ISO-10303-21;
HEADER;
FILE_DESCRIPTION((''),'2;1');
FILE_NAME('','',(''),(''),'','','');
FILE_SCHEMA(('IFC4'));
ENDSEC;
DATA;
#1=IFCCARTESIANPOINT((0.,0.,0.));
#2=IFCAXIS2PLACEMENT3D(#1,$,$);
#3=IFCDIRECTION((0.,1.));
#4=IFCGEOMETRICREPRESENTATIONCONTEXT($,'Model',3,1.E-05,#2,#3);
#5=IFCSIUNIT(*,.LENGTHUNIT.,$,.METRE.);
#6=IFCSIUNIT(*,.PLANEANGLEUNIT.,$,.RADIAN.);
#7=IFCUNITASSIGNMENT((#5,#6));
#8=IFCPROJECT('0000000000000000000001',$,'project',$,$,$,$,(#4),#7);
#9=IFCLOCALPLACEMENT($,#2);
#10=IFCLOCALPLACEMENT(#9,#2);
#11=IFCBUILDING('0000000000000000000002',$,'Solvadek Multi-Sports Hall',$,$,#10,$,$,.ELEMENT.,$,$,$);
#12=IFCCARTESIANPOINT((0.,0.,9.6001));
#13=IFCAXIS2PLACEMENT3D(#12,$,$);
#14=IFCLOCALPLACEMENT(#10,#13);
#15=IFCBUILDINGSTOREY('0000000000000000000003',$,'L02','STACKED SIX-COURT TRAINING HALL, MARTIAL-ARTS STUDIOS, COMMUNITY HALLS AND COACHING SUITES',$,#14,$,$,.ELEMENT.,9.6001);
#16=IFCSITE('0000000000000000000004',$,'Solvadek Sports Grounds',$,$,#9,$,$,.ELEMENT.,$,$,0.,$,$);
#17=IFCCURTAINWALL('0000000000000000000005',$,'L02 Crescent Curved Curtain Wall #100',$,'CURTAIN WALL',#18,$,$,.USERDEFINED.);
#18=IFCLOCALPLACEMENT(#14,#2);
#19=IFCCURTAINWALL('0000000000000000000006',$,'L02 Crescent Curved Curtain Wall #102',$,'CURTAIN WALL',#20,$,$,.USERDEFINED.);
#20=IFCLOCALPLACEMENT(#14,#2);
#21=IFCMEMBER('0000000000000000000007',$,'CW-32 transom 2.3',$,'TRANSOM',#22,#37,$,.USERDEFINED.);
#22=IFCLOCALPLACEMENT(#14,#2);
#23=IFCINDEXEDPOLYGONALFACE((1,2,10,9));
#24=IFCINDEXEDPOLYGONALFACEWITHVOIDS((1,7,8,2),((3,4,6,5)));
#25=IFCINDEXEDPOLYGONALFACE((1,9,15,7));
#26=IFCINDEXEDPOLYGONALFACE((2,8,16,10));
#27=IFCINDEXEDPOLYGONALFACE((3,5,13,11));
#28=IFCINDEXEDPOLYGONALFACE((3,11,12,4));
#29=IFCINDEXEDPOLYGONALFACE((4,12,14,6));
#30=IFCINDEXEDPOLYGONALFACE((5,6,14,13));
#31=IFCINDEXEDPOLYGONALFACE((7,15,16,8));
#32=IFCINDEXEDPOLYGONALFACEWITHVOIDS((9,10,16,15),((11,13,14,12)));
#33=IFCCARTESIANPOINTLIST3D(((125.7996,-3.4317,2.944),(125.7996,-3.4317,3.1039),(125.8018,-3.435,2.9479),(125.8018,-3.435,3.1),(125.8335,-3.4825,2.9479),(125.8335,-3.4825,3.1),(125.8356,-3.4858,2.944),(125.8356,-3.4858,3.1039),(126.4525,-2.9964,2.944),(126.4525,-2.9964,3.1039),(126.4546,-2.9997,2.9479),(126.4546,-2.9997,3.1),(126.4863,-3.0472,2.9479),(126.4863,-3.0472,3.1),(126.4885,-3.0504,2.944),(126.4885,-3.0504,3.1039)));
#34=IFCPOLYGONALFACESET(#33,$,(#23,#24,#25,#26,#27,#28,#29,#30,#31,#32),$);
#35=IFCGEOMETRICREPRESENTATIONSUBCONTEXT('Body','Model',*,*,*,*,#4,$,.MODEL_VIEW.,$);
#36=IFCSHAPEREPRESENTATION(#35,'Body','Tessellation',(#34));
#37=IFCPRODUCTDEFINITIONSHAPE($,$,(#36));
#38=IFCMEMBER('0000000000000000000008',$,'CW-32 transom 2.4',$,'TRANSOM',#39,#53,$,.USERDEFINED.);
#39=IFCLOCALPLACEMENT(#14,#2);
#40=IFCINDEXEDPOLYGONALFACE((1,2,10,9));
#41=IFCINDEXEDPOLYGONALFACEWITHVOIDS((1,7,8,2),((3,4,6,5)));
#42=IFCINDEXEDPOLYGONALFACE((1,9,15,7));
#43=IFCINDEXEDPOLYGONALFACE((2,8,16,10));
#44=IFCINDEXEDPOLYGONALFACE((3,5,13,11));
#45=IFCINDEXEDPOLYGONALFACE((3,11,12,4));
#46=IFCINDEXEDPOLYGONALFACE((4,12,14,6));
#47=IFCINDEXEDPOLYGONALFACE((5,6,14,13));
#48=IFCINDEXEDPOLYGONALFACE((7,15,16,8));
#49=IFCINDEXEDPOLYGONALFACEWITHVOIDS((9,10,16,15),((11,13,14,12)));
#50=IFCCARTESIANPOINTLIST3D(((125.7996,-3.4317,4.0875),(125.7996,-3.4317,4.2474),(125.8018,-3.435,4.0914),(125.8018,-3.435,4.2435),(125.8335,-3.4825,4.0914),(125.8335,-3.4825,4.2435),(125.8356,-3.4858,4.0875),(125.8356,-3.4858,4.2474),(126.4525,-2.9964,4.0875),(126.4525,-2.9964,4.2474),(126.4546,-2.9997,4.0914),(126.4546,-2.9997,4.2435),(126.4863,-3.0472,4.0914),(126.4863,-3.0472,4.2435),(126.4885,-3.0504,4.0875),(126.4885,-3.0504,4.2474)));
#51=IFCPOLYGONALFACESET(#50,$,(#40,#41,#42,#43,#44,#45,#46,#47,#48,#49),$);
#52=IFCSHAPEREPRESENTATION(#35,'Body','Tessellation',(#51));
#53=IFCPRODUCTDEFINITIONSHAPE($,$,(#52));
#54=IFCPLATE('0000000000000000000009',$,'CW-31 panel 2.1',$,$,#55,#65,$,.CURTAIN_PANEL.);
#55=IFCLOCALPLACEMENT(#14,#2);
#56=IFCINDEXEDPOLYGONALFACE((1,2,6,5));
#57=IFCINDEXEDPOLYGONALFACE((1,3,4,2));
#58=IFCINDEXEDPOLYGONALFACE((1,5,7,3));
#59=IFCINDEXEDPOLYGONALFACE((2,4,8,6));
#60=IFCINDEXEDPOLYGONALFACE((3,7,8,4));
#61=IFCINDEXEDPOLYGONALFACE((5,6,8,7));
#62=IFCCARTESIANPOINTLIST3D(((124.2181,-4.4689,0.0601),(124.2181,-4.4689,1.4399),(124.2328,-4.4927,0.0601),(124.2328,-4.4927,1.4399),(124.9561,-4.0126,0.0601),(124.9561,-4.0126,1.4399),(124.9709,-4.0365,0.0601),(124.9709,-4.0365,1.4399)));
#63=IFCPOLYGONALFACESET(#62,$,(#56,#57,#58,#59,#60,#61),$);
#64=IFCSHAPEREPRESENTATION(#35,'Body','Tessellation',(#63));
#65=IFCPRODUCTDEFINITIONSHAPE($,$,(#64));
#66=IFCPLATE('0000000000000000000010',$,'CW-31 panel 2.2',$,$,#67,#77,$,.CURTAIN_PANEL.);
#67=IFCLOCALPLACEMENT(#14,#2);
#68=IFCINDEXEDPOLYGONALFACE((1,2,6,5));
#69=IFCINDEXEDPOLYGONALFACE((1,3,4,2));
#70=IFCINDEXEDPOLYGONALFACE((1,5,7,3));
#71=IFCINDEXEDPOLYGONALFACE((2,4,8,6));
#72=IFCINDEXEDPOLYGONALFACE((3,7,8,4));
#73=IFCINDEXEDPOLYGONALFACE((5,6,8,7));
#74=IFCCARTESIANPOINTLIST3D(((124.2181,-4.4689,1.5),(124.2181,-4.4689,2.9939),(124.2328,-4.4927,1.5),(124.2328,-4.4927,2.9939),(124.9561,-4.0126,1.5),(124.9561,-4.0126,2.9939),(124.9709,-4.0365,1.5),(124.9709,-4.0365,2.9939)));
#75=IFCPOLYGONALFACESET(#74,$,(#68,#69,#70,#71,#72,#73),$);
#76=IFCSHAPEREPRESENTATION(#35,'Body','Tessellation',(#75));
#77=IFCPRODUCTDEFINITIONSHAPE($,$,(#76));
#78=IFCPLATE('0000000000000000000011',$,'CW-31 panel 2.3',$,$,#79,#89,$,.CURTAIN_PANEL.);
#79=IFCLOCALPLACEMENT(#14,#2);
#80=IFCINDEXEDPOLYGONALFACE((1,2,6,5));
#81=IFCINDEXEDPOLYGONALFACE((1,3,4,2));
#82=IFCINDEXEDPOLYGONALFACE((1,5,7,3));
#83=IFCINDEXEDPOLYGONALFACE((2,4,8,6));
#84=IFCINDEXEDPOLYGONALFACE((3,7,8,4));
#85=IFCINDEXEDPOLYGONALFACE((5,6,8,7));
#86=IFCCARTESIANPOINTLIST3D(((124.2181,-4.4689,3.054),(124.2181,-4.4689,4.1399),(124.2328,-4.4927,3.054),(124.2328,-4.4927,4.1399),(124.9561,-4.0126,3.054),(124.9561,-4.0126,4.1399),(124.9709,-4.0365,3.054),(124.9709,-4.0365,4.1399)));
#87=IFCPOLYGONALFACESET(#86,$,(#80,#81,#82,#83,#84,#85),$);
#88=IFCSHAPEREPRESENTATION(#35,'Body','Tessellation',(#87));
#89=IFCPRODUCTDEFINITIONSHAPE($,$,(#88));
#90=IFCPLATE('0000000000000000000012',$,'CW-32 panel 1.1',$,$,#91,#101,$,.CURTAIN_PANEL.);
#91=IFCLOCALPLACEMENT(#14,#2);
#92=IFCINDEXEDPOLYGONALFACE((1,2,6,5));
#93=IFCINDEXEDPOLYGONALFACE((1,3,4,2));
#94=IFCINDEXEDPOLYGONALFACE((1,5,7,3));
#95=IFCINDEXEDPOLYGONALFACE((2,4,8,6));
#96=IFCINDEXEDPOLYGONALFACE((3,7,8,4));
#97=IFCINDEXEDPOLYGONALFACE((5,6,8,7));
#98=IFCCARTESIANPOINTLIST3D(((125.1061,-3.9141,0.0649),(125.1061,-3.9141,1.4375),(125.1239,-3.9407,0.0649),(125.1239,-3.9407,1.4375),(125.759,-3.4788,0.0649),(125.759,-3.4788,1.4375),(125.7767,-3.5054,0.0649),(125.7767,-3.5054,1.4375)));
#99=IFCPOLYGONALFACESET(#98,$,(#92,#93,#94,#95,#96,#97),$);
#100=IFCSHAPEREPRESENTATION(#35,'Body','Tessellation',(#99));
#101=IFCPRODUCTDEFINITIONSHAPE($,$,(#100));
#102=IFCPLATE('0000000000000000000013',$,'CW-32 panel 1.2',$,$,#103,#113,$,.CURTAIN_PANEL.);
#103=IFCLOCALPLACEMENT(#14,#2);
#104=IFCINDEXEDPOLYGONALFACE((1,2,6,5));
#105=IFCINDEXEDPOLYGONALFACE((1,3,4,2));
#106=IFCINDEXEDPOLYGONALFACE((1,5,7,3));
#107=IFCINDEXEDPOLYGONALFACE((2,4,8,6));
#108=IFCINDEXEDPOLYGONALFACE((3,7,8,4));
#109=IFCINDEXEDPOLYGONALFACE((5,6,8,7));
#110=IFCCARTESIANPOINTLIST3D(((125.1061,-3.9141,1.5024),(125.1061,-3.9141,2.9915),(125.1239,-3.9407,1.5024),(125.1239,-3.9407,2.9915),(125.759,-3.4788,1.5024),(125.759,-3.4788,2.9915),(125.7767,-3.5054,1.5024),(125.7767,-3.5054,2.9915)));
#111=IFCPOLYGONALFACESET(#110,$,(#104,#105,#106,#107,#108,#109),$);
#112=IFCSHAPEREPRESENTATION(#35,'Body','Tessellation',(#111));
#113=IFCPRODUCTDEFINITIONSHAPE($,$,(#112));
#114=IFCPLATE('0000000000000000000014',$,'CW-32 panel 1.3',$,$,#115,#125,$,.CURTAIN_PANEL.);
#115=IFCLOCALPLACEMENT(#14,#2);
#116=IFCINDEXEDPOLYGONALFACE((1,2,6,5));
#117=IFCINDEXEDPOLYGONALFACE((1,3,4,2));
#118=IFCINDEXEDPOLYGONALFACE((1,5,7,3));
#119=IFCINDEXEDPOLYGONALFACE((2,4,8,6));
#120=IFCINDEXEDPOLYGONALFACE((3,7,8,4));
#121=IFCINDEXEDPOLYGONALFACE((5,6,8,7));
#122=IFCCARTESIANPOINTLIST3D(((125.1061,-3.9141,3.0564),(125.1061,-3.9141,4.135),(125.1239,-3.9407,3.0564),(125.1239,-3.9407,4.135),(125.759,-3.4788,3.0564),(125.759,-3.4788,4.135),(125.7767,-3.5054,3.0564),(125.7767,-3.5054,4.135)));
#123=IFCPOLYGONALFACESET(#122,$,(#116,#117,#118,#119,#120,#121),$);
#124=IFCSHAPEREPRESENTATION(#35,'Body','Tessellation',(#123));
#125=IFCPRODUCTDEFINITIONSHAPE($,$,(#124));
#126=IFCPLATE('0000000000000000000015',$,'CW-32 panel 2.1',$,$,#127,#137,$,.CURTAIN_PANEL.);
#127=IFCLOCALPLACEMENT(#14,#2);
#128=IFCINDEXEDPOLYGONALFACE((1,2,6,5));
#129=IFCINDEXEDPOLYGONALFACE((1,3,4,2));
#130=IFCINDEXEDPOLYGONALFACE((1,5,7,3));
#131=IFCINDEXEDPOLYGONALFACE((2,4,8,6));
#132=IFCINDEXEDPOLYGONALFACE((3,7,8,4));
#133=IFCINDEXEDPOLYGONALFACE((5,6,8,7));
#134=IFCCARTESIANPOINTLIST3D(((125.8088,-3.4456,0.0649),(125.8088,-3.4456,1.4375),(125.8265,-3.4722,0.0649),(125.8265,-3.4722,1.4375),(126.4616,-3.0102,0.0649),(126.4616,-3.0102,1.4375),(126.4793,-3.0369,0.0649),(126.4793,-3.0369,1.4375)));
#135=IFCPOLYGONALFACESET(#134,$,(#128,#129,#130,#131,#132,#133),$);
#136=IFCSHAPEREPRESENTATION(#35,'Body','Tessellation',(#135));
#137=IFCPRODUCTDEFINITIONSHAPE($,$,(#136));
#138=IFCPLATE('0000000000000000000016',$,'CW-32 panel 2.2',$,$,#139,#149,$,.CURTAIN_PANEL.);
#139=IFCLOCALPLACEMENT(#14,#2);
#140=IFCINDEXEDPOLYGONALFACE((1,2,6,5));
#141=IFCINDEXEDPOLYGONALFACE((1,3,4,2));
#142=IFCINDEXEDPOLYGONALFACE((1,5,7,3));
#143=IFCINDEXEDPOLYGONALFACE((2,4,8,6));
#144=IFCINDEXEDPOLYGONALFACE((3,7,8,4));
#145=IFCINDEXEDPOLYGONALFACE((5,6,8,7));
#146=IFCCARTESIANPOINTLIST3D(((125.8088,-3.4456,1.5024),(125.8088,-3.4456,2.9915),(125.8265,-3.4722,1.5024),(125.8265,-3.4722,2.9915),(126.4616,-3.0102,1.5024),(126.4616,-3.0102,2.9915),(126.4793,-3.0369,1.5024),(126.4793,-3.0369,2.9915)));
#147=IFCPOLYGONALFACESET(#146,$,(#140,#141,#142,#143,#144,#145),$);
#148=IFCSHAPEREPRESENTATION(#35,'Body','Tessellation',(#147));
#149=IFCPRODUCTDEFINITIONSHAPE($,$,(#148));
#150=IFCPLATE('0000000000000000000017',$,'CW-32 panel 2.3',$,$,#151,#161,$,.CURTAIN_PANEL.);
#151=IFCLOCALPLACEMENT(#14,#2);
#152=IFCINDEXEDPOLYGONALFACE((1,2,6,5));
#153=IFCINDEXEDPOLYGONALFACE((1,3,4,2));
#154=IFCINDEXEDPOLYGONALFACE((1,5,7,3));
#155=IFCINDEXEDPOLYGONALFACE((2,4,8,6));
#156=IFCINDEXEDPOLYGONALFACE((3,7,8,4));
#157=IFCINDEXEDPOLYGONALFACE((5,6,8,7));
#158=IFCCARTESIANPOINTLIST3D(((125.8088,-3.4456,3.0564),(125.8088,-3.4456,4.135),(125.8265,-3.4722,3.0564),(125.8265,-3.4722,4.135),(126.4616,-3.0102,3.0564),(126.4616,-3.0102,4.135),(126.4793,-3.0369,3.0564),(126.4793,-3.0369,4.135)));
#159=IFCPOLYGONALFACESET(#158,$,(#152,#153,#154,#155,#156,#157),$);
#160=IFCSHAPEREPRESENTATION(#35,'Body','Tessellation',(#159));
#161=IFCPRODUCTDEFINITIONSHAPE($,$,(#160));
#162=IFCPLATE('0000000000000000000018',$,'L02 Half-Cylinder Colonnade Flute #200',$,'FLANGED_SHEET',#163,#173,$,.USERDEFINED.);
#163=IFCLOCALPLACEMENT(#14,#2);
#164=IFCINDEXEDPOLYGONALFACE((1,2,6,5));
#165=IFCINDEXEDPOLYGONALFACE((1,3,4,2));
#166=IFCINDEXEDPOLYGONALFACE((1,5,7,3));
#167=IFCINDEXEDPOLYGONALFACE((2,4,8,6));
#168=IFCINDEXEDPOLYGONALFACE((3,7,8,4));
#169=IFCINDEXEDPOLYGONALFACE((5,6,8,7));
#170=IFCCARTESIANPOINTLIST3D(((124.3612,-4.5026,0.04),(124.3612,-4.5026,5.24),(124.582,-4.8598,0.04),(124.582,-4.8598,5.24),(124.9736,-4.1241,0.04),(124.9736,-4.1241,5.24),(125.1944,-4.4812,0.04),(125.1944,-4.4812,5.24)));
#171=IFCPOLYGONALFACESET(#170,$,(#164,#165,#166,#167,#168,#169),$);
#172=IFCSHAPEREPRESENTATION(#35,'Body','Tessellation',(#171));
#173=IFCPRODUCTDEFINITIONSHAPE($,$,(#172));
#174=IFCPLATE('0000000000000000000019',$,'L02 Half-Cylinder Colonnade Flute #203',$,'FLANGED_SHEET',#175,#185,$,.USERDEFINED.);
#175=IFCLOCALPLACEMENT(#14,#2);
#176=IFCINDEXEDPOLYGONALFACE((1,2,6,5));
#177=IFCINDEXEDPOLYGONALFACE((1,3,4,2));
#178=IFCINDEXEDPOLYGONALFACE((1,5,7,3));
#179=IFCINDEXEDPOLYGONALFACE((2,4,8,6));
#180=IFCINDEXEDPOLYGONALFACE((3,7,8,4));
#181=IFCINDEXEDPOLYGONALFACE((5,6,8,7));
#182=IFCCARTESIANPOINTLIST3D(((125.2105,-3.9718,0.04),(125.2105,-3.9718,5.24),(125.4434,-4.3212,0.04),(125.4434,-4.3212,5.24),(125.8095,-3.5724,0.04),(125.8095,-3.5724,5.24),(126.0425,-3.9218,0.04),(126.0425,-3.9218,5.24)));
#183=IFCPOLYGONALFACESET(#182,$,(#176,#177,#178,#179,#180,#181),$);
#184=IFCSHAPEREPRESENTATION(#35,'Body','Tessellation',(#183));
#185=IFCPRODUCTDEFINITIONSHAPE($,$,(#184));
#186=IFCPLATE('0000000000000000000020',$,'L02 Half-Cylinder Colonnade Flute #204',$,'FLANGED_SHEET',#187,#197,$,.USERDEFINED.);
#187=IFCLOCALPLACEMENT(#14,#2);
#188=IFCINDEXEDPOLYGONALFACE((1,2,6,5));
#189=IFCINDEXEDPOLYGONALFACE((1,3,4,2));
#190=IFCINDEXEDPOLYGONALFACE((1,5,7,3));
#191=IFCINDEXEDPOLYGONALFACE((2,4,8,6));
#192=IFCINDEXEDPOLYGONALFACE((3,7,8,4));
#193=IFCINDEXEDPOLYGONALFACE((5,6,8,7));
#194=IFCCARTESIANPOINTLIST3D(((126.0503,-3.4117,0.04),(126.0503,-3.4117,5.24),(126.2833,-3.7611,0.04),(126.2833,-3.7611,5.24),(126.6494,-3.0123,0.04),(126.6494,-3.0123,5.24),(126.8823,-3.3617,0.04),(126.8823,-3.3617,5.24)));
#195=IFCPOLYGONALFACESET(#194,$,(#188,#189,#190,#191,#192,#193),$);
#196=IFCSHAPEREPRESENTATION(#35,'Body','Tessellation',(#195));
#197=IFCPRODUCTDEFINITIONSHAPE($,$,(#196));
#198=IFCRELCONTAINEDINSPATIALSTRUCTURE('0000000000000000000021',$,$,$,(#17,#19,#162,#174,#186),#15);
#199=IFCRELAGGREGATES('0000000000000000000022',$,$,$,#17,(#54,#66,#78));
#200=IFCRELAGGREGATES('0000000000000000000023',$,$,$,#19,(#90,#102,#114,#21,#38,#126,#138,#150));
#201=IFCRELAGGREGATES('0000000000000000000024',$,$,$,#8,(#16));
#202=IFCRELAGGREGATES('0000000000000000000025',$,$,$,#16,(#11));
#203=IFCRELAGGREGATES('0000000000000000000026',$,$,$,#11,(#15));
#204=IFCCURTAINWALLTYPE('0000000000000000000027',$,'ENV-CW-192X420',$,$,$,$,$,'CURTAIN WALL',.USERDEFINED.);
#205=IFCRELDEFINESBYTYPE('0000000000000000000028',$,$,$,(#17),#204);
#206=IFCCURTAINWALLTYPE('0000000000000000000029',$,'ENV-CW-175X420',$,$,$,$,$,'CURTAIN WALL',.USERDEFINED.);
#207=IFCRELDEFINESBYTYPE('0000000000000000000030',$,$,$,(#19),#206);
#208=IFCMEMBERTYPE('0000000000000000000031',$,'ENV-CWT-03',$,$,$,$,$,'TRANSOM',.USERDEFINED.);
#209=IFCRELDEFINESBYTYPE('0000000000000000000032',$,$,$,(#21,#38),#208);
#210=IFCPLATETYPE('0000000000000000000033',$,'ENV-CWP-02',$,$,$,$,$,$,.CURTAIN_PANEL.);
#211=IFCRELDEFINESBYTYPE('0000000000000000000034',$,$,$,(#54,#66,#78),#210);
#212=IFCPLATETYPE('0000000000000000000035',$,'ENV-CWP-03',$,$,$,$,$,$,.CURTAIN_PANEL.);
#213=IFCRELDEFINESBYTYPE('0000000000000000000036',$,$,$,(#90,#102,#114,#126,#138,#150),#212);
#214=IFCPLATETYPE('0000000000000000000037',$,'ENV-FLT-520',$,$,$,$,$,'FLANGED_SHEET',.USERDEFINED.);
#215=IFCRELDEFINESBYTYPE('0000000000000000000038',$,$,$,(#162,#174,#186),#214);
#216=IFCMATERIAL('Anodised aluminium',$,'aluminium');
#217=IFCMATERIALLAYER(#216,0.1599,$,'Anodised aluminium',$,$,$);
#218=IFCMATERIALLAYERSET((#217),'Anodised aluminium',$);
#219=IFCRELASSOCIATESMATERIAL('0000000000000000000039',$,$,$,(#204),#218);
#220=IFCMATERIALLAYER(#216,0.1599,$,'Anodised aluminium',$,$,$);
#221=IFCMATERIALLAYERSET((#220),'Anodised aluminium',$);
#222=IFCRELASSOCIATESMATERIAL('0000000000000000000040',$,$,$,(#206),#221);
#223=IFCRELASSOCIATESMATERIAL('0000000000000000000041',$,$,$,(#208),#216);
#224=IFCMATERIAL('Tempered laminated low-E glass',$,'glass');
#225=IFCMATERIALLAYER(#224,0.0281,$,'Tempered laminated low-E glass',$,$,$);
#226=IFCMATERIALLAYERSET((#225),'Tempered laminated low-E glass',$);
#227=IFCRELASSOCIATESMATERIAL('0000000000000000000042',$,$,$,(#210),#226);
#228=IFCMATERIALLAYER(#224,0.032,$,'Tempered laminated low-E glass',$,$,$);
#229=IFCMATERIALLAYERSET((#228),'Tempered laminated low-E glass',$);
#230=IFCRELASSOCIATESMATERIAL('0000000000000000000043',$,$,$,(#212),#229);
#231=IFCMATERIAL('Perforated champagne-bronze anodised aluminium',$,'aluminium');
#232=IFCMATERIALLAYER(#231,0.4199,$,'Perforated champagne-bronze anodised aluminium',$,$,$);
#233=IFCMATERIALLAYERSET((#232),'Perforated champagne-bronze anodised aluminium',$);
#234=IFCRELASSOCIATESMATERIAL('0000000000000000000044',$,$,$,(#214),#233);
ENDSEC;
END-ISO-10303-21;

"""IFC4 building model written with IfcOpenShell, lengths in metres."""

from ifc_helpers import new_model, si_unit, direction, frame, origin, origin_2d, place, context, subcontext, project, spatial, rectangle, hollow_rectangle, extrude, material, layer, layer_set, material_profile, profile_set, type_object, element, aggregate, save


model = new_model("IFC4")

# Units and contexts
model_context = context("Model", 3, precision=1e-05, world=origin(), true_north=direction((0.0, 1.0)))
body_context = subcontext(model_context, "Body", "Model", "MODEL_VIEW")
ifc_project = project(units=[si_unit("LENGTHUNIT", "METRE"), si_unit("PLANEANGLEUNIT", "RADIAN")], contexts=[model_context])

# Site, building, storey
site_placement = place(None, origin())
site = spatial("IfcSite", under=ifc_project, at=site_placement, Name="Solvadek Sports Grounds", CompositionType="ELEMENT", RefElevation=0.0)
building_placement = place(site_placement, origin())
building = spatial("IfcBuilding", under=site, at=building_placement, Name="Solvadek Multi-Sports Hall", CompositionType="ELEMENT")
storey_placement = place(building_placement, frame((0.0, 0.0, 9.6001)))
storey = spatial("IfcBuildingStorey", under=building, at=storey_placement, Name="L02", Description="STACKED SIX-COURT TRAINING HALL, MARTIAL-ARTS STUDIOS, COMMUNITY HALLS AND COACHING SUITES", CompositionType="ELEMENT", Elevation=9.6001)

# Curtain wall
ifc_material_1 = material(Name="Anodised aluminium", Category="aluminium")
ifc_layer_1 = layer(ifc_material_1, 0.1599, Name="Anodised aluminium")
ifc_layer_set_1 = layer_set([ifc_layer_1], Name="Anodised aluminium")
curtain_wall_type_1 = type_object("IfcCurtainWallType", Name="ENV-CW-192X420", ElementType="CURTAIN WALL", PredefinedType="USERDEFINED", material=ifc_layer_set_1)
curtain_wall_1_placement = place(storey_placement, origin())
curtain_wall_1 = element("IfcCurtainWall", 1, at=curtain_wall_1_placement, inside=storey, type_object=curtain_wall_type_1, Name="L02 Crescent Curved Curtain Wall #100", ObjectType="CURTAIN WALL", PredefinedType="USERDEFINED")

# Curtain wall, members
ifc_layer_2 = layer(ifc_material_1, 0.1599, Name="Anodised aluminium")
ifc_layer_set_2 = layer_set([ifc_layer_2], Name="Anodised aluminium")
curtain_wall_type_2 = type_object("IfcCurtainWallType", Name="ENV-CW-175X420", ElementType="CURTAIN WALL", PredefinedType="USERDEFINED", material=ifc_layer_set_2)
curtain_wall_2_placement = place(storey_placement, origin())
curtain_wall_2 = element("IfcCurtainWall", 2, at=curtain_wall_2_placement, inside=storey, type_object=curtain_wall_type_2, Name="L02 Crescent Curved Curtain Wall #102", ObjectType="CURTAIN WALL", PredefinedType="USERDEFINED")
ifc_material_profile_1 = material_profile(ifc_material_1, hollow_rectangle(XDim=0.0649, YDim=0.1599, WallThickness=0.0039, at=origin_2d()), Name="ALU-T 160x65x4")
ifc_profile_set_1 = profile_set([ifc_material_profile_1], Name="Anodised aluminium")
member_type_1 = type_object("IfcMemberType", Name="ENV-CWT-03", ElementType="TRANSOM", PredefinedType="USERDEFINED", material=ifc_profile_set_1)
member_1_placement = place(storey_placement, frame((125.8176, -3.4587, 3.0239), z_axis=(0.832002, 0.554772, 0.0), x_axis=(-0.554772, 0.832002, 0.0)))
member_1 = element("IfcMember", 3, at=member_1_placement, type_object=member_type_1, Name="CW-32 transom 2.3", ObjectType="TRANSOM", PredefinedType="USERDEFINED", context=body_context, shape_type="SweptSolid", body=[
    extrude(hollow_rectangle(XDim=0.0649, YDim=0.1599, WallThickness=0.0039, at=origin_2d()), origin(), (0.0, 0.0, 1.0), 0.7847),
])
member_2_placement = place(storey_placement, frame((125.8176, -3.4587, 4.1675), z_axis=(0.832002, 0.554772, 0.0), x_axis=(-0.554772, 0.832002, 0.0)))
member_2 = element("IfcMember", 4, at=member_2_placement, type_object=member_type_1, Name="CW-32 transom 2.4", ObjectType="TRANSOM", PredefinedType="USERDEFINED", context=body_context, shape_type="SweptSolid", body=[
    extrude(hollow_rectangle(XDim=0.0649, YDim=0.1599, WallThickness=0.0039, at=origin_2d()), origin(), (0.0, 0.0, 1.0), 0.7847),
])

# Plates
ifc_material_2 = material(Name="Tempered laminated low-E glass", Category="glass")
ifc_layer_3 = layer(ifc_material_2, 0.0281, Name="Tempered laminated low-E glass")
ifc_layer_set_3 = layer_set([ifc_layer_3], Name="Tempered laminated low-E glass")
plate_type_1 = type_object("IfcPlateType", Name="ENV-CWP-02", PredefinedType="CURTAIN_PANEL", material=ifc_layer_set_3)
plate_1_placement = place(storey_placement, frame((124.5945, -4.2527, 0.0601), z_axis=(0.0, 0.0, 1.0), x_axis=(0.850599, 0.525815, 0.0)))
plate_1 = element("IfcPlate", 5, at=plate_1_placement, type_object=plate_type_1, Name="CW-31 panel 2.1", PredefinedType="CURTAIN_PANEL", context=body_context, shape_type="SweptSolid", body=[
    extrude(rectangle(XDim=0.8677, YDim=0.0281, at=origin_2d()), origin(), (0.0, 0.0, 1.0), 1.3799),
])
plate_2_placement = place(storey_placement, frame((124.5945, -4.2527, 1.5), z_axis=(0.0, 0.0, 1.0), x_axis=(0.850599, 0.525815, 0.0)))
plate_2 = element("IfcPlate", 6, at=plate_2_placement, type_object=plate_type_1, Name="CW-31 panel 2.2", PredefinedType="CURTAIN_PANEL", context=body_context, shape_type="SweptSolid", body=[
    extrude(rectangle(XDim=0.8677, YDim=0.0281, at=origin_2d()), origin(), (0.0, 0.0, 1.0), 1.4939),
])
plate_3_placement = place(storey_placement, frame((124.5945, -4.2527, 3.054), z_axis=(0.0, 0.0, 1.0), x_axis=(0.850599, 0.525815, 0.0)))
plate_3 = element("IfcPlate", 7, at=plate_3_placement, type_object=plate_type_1, Name="CW-31 panel 2.3", PredefinedType="CURTAIN_PANEL", context=body_context, shape_type="SweptSolid", body=[
    extrude(rectangle(XDim=0.8677, YDim=0.0281, at=origin_2d()), origin(), (0.0, 0.0, 1.0), 1.0859),
])
aggregate(curtain_wall_1, [plate_1, plate_2, plate_3])
ifc_layer_4 = layer(ifc_material_2, 0.032, Name="Tempered laminated low-E glass")
ifc_layer_set_4 = layer_set([ifc_layer_4], Name="Tempered laminated low-E glass")
plate_type_2 = type_object("IfcPlateType", Name="ENV-CWP-03", PredefinedType="CURTAIN_PANEL", material=ifc_layer_set_4)
plate_4_placement = place(storey_placement, frame((125.4414, -3.7097, 0.0649), z_axis=(0.0, 0.0, 1.0), x_axis=(0.831998, 0.554779, 0.0)))
plate_4 = element("IfcPlate", 8, at=plate_4_placement, type_object=plate_type_2, Name="CW-32 panel 1.1", PredefinedType="CURTAIN_PANEL", context=body_context, shape_type="SweptSolid", body=[
    extrude(rectangle(XDim=0.7847, YDim=0.032, at=origin_2d()), origin(), (0.0, 0.0, 1.0), 1.3726),
])
plate_5_placement = place(storey_placement, frame((125.4414, -3.7097, 1.5024), z_axis=(0.0, 0.0, 1.0), x_axis=(0.831998, 0.554779, 0.0)))
plate_5 = element("IfcPlate", 9, at=plate_5_placement, type_object=plate_type_2, Name="CW-32 panel 1.2", PredefinedType="CURTAIN_PANEL", context=body_context, shape_type="SweptSolid", body=[
    extrude(rectangle(XDim=0.7847, YDim=0.032, at=origin_2d()), origin(), (0.0, 0.0, 1.0), 1.489),
])
plate_6_placement = place(storey_placement, frame((125.4414, -3.7097, 3.0564), z_axis=(0.0, 0.0, 1.0), x_axis=(0.831998, 0.554779, 0.0)))
plate_6 = element("IfcPlate", 10, at=plate_6_placement, type_object=plate_type_2, Name="CW-32 panel 1.3", PredefinedType="CURTAIN_PANEL", context=body_context, shape_type="SweptSolid", body=[
    extrude(rectangle(XDim=0.7847, YDim=0.032, at=origin_2d()), origin(), (0.0, 0.0, 1.0), 1.0786),
])
plate_7_placement = place(storey_placement, frame((126.144, -3.2412, 0.0649), z_axis=(0.0, 0.0, 1.0), x_axis=(0.831998, 0.554779, 0.0)))
plate_7 = element("IfcPlate", 11, at=plate_7_placement, type_object=plate_type_2, Name="CW-32 panel 2.1", PredefinedType="CURTAIN_PANEL", context=body_context, shape_type="SweptSolid", body=[
    extrude(rectangle(XDim=0.7847, YDim=0.032, at=origin_2d()), origin(), (0.0, 0.0, 1.0), 1.3726),
])
plate_8_placement = place(storey_placement, frame((126.144, -3.2412, 1.5024), z_axis=(0.0, 0.0, 1.0), x_axis=(0.831998, 0.554779, 0.0)))
plate_8 = element("IfcPlate", 12, at=plate_8_placement, type_object=plate_type_2, Name="CW-32 panel 2.2", PredefinedType="CURTAIN_PANEL", context=body_context, shape_type="SweptSolid", body=[
    extrude(rectangle(XDim=0.7847, YDim=0.032, at=origin_2d()), origin(), (0.0, 0.0, 1.0), 1.489),
])
plate_9_placement = place(storey_placement, frame((126.144, -3.2412, 3.0564), z_axis=(0.0, 0.0, 1.0), x_axis=(0.831998, 0.554779, 0.0)))
plate_9 = element("IfcPlate", 13, at=plate_9_placement, type_object=plate_type_2, Name="CW-32 panel 2.3", PredefinedType="CURTAIN_PANEL", context=body_context, shape_type="SweptSolid", body=[
    extrude(rectangle(XDim=0.7847, YDim=0.032, at=origin_2d()), origin(), (0.0, 0.0, 1.0), 1.0786),
])
aggregate(curtain_wall_2, [plate_4, plate_5, plate_6, member_1, member_2, plate_7, plate_8, plate_9])

# Plates
ifc_material_3 = material(Name="Perforated champagne-bronze anodised aluminium", Category="aluminium")
ifc_layer_5 = layer(ifc_material_3, 0.4199, Name="Perforated champagne-bronze anodised aluminium")
ifc_layer_set_5 = layer_set([ifc_layer_5], Name="Perforated champagne-bronze anodised aluminium")
plate_type_3 = type_object("IfcPlateType", Name="ENV-FLT-520", ElementType="FLANGED_SHEET", PredefinedType="USERDEFINED", material=ifc_layer_set_5)
for number, where, z_axis, x_axis, name in (
    (14, (124.7778, -4.4919, 0.04), (0.0, 0.0, 1.0), (0.850582, 0.525842, 0.0), "L02 Half-Cylinder Colonnade Flute #200"),
    (15, (125.6265, -3.9468, 0.04), (0.0, 0.0, 1.0), (0.832027, 0.554734, 0.0), "L02 Half-Cylinder Colonnade Flute #203"),
    (16, (126.4663, -3.3867, 0.04), (0.0, 0.0, 1.0), (0.832027, 0.554734, 0.0), "L02 Half-Cylinder Colonnade Flute #204"),
):
    element("IfcPlate", number, at=place(storey_placement, frame(where, z_axis=z_axis, x_axis=x_axis)), inside=storey, type_object=plate_type_3, Name=name, ObjectType="FLANGED_SHEET", PredefinedType="USERDEFINED", context=body_context, shape_type="SweptSolid", body=[
        extrude(rectangle(XDim=0.72, YDim=0.4199, at=origin_2d()), origin(), (0.0, 0.0, 1.0), 5.2),
    ])

save(model, "model.ifc")
